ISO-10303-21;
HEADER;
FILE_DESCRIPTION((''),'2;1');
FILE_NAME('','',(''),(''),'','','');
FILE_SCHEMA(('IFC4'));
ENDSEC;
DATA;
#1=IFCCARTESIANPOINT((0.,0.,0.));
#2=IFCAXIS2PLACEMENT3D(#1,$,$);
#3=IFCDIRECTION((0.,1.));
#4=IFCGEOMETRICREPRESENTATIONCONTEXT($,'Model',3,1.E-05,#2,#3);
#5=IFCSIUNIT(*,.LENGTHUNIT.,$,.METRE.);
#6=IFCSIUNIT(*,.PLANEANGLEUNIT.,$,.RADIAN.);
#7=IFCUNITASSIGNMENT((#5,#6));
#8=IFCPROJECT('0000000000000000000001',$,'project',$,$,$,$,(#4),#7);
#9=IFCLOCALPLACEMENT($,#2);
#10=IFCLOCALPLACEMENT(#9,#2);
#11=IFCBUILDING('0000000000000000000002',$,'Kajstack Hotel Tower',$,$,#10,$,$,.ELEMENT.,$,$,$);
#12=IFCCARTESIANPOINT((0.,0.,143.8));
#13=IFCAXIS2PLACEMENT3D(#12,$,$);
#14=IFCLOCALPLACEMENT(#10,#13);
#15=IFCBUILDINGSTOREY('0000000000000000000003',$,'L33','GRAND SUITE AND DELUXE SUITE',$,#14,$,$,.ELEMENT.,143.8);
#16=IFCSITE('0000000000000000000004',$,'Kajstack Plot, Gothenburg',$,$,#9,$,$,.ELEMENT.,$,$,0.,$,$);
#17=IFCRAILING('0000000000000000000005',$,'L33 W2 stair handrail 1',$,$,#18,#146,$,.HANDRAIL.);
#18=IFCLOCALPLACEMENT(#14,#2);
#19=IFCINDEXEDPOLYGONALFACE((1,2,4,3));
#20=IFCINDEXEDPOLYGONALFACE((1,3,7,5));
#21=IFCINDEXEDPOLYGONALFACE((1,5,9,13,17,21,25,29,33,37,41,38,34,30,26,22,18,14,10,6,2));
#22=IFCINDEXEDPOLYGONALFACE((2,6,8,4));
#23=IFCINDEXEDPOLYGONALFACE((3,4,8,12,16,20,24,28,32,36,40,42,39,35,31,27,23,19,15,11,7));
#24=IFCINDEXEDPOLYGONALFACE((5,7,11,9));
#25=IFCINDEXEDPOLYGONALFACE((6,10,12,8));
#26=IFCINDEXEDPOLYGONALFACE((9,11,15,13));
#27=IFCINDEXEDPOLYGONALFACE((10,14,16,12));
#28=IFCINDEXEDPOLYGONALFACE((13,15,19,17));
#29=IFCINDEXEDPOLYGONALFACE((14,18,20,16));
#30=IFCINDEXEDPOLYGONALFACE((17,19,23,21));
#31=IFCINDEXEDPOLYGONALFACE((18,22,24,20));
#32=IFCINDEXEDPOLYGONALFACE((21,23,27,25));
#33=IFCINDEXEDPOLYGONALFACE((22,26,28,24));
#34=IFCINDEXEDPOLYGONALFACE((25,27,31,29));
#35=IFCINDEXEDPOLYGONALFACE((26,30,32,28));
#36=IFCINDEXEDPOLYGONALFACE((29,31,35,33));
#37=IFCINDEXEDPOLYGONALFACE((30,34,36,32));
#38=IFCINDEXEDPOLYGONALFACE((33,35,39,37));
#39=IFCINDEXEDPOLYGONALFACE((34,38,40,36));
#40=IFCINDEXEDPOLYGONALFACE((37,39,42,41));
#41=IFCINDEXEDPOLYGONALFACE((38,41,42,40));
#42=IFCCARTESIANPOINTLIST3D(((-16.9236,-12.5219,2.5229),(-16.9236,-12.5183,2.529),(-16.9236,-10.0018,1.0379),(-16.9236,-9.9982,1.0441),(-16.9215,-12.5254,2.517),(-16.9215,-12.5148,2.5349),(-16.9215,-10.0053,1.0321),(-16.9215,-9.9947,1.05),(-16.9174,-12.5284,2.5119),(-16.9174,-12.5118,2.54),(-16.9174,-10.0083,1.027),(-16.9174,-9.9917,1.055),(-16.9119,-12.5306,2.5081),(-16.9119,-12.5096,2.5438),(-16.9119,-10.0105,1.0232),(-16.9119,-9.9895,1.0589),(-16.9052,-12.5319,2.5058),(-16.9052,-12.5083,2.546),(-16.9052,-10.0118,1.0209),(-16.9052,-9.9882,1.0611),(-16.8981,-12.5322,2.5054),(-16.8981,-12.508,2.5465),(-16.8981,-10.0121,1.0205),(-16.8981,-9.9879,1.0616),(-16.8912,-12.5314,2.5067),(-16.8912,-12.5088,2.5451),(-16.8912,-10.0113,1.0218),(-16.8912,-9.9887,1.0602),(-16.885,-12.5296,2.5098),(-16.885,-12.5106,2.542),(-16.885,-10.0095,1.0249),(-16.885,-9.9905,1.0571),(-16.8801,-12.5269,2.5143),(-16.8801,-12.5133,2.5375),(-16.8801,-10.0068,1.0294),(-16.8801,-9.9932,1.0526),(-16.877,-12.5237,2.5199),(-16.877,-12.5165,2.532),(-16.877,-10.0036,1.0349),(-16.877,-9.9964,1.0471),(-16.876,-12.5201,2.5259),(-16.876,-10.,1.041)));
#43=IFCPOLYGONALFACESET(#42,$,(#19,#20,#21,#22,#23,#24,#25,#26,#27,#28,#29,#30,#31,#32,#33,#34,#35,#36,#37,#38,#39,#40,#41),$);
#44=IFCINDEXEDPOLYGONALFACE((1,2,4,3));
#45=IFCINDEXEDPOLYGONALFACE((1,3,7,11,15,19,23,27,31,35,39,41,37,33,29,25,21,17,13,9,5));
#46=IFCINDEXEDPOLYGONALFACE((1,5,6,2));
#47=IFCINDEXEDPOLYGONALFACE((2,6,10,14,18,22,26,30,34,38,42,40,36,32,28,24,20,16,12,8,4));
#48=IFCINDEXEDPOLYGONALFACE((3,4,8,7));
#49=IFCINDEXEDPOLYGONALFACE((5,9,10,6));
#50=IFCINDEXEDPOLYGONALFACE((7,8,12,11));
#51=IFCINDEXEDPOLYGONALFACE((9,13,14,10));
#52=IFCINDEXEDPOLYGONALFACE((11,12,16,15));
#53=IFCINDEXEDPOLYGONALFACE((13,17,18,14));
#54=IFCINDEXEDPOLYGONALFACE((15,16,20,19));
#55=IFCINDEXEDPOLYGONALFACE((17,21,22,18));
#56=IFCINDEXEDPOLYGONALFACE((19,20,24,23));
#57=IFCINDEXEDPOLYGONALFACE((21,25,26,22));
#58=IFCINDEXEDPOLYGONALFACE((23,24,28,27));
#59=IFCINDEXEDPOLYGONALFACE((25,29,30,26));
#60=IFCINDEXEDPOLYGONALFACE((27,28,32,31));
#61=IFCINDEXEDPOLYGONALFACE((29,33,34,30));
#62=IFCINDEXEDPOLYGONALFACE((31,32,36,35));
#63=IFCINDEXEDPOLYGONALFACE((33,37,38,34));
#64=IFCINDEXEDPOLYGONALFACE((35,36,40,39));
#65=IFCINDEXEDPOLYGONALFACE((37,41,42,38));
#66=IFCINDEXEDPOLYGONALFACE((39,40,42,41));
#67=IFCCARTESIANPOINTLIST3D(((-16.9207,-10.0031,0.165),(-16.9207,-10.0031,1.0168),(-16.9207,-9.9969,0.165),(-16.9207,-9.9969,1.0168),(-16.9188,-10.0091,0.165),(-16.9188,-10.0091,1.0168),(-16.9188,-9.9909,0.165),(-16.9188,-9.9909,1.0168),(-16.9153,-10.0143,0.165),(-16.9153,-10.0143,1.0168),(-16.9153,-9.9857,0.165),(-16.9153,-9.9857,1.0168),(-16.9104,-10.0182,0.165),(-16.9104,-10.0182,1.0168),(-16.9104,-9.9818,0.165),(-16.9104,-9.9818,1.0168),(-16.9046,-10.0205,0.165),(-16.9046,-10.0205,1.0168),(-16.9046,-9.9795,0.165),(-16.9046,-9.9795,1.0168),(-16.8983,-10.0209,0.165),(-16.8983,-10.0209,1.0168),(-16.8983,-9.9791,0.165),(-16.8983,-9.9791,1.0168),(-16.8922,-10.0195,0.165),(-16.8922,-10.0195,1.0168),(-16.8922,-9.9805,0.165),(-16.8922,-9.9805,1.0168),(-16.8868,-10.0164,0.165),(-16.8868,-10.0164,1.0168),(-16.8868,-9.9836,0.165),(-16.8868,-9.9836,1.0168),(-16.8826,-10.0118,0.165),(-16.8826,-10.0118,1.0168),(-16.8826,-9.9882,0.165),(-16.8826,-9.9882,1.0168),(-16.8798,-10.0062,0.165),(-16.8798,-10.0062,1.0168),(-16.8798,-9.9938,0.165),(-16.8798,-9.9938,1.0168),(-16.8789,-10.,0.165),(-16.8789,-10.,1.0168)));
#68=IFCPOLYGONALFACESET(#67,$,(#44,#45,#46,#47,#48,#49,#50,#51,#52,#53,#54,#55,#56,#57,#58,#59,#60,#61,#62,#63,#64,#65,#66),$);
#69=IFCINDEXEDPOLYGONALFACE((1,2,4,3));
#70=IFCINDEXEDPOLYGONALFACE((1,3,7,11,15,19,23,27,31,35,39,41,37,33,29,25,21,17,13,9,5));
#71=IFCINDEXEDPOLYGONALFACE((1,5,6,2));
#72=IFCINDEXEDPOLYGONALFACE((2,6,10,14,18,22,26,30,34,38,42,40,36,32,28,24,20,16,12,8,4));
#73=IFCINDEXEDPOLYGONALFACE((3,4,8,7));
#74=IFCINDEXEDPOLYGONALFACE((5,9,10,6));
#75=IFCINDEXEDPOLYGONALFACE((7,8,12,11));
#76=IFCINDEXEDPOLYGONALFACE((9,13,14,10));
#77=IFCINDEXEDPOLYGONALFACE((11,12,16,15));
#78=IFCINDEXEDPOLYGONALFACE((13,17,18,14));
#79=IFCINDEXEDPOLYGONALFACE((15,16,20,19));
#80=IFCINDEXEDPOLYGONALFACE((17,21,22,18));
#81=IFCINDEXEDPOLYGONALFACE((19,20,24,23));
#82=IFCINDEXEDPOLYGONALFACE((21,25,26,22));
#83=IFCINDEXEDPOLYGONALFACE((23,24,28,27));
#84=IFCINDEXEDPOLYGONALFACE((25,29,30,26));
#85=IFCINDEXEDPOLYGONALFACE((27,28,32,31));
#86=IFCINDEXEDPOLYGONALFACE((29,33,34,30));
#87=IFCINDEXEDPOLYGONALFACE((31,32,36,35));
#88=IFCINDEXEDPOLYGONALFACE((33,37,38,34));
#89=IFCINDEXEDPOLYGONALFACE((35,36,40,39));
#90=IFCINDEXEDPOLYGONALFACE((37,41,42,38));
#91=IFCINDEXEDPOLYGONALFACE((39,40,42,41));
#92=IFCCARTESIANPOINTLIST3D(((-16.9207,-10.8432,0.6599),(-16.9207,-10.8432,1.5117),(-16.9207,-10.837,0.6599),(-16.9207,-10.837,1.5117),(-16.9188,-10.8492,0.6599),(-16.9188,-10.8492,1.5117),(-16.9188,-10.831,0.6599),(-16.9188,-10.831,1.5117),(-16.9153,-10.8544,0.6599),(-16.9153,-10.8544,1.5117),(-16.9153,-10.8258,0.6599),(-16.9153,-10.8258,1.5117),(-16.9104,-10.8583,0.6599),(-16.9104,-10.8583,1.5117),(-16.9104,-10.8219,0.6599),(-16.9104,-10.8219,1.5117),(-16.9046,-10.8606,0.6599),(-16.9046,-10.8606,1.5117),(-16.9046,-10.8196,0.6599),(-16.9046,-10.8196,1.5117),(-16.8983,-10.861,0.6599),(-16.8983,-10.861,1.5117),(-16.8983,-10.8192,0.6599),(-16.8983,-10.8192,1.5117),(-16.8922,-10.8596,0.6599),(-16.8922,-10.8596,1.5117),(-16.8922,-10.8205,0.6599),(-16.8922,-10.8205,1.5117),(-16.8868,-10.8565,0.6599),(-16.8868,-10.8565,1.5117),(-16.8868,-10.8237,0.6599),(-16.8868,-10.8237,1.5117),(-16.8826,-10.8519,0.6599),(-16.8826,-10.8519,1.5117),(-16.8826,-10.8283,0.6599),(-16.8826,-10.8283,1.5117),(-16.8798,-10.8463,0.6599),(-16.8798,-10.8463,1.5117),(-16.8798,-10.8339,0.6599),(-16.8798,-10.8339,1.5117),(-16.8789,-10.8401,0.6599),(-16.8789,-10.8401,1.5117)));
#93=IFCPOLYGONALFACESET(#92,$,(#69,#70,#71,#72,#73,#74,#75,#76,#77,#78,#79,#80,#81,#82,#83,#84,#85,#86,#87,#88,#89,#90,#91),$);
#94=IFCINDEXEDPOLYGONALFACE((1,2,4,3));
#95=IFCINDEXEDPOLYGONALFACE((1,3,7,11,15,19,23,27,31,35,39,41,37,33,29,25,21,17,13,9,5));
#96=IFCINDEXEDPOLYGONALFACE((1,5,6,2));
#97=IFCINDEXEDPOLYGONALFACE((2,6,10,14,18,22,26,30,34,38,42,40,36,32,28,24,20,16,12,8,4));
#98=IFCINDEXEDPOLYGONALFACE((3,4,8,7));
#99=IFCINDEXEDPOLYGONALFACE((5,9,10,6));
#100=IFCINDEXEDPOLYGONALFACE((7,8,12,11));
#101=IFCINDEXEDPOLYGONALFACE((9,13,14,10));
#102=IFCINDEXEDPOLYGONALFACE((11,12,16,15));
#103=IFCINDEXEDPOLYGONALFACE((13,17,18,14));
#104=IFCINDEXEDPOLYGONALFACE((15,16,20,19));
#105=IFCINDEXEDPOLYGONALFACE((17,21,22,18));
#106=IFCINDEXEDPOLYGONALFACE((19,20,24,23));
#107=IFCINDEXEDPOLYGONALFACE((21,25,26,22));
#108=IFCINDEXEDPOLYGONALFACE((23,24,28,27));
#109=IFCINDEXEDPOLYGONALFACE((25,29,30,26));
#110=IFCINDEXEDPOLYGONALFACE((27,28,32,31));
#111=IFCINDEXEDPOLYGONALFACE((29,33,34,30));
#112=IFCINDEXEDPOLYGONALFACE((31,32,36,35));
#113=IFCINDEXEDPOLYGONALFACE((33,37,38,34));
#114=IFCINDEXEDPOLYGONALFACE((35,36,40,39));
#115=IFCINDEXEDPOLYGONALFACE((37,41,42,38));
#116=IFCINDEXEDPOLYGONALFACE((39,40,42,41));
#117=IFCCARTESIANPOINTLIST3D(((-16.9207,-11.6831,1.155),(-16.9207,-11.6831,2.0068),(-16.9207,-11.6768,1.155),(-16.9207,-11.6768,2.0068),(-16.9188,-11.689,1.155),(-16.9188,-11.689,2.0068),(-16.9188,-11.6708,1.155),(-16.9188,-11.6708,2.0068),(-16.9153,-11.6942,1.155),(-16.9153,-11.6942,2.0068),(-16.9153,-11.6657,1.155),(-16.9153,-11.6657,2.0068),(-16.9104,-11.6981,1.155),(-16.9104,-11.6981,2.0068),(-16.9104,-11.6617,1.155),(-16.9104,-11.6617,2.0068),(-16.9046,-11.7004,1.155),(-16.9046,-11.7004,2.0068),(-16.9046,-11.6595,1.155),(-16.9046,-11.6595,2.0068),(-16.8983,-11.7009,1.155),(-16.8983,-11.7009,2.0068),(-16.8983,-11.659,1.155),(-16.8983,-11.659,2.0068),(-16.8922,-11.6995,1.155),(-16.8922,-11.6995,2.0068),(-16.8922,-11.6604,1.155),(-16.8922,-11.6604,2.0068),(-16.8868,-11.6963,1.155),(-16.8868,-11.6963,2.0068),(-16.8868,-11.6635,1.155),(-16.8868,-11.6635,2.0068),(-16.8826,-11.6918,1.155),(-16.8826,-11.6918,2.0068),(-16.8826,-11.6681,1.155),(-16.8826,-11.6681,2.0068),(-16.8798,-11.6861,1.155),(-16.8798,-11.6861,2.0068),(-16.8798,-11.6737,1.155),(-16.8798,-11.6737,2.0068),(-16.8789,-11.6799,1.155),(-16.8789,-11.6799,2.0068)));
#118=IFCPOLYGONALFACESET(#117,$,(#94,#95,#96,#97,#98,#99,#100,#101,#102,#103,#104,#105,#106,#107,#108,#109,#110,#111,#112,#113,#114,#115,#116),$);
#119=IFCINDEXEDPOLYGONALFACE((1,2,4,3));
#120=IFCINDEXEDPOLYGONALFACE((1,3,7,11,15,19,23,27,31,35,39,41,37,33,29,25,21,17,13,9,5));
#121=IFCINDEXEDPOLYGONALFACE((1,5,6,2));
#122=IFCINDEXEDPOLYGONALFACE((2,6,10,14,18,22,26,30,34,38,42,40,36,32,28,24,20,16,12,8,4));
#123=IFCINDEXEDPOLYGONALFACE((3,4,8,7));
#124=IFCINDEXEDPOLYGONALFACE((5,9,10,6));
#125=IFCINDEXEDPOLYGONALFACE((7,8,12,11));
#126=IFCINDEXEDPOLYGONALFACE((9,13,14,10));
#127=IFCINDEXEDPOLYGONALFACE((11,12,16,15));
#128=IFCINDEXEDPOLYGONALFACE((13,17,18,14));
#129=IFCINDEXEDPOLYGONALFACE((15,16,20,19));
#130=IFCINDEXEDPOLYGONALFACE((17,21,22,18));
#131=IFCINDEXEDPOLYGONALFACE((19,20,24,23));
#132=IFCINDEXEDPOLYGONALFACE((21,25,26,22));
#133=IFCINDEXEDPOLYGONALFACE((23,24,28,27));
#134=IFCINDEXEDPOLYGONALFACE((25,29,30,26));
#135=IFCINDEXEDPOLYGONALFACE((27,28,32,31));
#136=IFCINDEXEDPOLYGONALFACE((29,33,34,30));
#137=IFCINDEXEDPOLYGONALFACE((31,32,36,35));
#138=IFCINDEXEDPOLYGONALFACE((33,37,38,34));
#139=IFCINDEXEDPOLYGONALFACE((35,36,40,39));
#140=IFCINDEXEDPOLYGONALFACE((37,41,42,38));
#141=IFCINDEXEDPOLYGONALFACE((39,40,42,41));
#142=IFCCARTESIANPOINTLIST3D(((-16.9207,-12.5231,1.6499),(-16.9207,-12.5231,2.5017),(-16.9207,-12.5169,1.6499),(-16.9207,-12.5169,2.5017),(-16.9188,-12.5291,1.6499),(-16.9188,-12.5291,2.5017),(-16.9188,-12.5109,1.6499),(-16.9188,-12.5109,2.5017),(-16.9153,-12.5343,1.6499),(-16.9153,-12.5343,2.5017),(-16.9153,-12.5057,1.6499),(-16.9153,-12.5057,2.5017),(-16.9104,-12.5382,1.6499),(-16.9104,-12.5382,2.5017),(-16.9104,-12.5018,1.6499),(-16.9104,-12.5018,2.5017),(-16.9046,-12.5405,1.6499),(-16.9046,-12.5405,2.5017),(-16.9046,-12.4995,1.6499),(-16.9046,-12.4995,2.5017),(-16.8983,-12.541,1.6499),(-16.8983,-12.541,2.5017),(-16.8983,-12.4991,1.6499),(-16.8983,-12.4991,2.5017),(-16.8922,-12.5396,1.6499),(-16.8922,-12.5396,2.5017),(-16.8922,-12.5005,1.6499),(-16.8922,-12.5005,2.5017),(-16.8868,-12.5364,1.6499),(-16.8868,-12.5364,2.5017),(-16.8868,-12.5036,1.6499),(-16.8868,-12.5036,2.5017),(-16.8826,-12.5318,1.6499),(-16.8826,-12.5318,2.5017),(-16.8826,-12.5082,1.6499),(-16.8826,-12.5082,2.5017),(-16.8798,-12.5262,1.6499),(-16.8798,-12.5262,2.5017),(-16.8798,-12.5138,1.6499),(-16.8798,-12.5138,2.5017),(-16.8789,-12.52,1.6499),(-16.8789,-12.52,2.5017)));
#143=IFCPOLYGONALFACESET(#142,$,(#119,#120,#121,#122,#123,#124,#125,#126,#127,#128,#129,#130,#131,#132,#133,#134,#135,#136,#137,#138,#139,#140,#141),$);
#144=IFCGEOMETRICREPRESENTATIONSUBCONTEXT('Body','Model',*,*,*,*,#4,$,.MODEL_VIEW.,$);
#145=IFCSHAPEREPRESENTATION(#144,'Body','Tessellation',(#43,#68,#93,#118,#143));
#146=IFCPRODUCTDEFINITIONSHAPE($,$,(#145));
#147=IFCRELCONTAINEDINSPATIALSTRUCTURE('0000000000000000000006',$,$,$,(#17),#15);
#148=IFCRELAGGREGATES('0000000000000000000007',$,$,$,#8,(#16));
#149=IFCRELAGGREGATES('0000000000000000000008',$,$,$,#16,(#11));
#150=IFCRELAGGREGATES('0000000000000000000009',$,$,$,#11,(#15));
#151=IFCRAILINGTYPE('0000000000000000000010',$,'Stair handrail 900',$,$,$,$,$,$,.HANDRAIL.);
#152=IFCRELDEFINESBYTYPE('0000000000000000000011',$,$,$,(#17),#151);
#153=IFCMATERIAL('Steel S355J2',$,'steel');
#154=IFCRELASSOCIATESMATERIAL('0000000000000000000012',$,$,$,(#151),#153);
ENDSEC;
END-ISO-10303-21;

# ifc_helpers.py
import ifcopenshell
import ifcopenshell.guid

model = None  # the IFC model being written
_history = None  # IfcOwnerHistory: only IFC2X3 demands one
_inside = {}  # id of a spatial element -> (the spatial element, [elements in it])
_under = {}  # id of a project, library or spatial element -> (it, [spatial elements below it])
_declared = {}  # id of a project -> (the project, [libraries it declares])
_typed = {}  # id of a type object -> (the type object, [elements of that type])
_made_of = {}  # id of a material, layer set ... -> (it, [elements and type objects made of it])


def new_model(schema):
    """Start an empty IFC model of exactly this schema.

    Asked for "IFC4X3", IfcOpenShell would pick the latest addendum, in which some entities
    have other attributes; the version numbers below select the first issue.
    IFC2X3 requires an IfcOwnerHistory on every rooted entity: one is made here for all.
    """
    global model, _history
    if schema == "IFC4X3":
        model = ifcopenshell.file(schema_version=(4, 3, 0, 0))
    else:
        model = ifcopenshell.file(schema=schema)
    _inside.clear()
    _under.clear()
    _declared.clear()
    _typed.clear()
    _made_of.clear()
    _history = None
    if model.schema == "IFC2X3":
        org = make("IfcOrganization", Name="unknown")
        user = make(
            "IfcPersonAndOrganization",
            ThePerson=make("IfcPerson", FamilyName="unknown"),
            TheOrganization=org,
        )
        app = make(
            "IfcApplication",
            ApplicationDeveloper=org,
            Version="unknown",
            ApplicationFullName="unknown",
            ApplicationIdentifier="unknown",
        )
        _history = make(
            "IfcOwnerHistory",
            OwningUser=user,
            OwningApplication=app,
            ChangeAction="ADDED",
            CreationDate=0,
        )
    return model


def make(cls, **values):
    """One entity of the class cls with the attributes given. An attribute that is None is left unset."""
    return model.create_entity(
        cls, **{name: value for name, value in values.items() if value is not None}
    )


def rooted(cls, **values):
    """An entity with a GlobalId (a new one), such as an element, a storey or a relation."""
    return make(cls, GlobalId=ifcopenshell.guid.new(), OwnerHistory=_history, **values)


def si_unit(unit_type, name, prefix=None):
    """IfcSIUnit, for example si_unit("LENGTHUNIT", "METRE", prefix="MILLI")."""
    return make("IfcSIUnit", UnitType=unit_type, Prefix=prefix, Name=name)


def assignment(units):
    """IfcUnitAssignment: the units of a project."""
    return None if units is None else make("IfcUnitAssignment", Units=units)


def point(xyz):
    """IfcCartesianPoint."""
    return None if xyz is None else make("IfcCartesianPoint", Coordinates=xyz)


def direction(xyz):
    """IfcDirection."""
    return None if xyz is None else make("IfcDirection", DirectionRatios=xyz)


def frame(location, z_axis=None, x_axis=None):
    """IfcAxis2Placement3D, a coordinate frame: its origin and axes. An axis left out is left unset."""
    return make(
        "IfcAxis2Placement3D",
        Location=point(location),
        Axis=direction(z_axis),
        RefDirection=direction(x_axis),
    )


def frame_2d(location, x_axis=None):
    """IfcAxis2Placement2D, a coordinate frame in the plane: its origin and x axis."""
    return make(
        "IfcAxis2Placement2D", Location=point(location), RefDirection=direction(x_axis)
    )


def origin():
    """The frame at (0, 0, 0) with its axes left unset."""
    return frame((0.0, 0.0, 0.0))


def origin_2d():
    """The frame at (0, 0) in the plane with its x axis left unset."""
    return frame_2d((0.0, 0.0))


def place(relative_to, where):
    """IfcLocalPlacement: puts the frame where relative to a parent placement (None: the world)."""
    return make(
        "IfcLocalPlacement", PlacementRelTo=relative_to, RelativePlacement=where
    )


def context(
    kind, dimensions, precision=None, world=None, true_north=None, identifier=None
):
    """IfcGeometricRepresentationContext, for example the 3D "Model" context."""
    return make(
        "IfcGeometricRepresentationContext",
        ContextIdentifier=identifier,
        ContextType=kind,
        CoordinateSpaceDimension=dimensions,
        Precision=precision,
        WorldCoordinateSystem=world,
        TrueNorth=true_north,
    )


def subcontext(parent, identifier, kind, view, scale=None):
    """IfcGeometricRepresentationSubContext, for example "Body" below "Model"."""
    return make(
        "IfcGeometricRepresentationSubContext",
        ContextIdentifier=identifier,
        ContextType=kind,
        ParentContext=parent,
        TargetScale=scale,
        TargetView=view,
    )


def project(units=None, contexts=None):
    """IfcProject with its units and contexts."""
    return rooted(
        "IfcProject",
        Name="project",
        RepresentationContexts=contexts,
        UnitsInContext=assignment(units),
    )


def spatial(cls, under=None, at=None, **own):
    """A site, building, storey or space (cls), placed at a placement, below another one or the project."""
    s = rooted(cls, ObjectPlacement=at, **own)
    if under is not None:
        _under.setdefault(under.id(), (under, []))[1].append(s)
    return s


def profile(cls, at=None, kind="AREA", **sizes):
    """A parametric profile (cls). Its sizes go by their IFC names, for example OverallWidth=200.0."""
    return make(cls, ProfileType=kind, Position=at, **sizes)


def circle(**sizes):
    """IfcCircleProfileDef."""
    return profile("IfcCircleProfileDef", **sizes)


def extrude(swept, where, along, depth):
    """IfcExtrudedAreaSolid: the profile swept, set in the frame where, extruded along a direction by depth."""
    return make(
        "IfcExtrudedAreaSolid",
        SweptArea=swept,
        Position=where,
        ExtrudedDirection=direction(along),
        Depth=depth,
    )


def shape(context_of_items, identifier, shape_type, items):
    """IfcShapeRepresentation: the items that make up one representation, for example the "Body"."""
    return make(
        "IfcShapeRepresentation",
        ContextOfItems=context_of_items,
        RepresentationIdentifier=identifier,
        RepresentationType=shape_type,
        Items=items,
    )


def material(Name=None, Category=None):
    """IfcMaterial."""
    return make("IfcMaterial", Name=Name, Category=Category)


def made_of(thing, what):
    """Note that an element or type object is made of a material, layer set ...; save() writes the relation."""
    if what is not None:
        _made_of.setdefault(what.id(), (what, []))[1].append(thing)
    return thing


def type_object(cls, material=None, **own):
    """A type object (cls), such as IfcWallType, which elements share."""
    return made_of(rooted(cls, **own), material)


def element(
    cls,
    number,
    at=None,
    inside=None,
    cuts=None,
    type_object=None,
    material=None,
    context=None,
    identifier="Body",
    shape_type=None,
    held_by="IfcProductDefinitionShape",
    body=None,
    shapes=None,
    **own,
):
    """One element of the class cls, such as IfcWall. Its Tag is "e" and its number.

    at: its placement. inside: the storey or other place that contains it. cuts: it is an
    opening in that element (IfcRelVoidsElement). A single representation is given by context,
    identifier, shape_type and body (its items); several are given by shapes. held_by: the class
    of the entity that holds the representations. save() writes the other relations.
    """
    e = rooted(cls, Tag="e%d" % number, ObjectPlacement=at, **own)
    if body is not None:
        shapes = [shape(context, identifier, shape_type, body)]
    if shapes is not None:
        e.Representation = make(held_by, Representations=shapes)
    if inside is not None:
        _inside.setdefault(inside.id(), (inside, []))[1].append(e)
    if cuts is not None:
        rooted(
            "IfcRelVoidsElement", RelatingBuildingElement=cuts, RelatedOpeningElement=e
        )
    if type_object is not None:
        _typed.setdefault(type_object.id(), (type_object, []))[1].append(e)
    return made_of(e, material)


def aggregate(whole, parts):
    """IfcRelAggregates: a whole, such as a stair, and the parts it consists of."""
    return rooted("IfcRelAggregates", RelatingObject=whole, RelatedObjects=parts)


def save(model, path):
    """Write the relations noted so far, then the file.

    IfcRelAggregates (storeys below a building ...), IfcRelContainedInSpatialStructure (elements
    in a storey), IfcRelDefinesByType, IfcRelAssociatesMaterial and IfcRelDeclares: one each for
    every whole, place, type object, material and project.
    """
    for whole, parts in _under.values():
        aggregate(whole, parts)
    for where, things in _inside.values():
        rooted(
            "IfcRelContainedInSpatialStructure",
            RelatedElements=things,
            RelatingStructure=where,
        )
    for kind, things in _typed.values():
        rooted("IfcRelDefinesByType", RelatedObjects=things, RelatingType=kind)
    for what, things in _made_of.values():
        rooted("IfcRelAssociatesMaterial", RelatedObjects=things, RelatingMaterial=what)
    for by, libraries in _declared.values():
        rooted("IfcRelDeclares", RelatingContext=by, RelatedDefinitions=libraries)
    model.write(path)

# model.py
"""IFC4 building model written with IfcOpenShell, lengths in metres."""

from ifc_helpers import new_model, si_unit, direction, frame, origin, origin_2d, place, context, subcontext, project, spatial, circle, extrude, material, type_object, element, save


model = new_model("IFC4")

# Units and contexts
model_context = context("Model", 3, precision=1e-05, world=origin(), true_north=direction((0.0, 1.0)))
body_context = subcontext(model_context, "Body", "Model", "MODEL_VIEW")
ifc_project = project(units=[si_unit("LENGTHUNIT", "METRE"), si_unit("PLANEANGLEUNIT", "RADIAN")], contexts=[model_context])

# Site, building, storey
site_placement = place(None, origin())
site = spatial("IfcSite", under=ifc_project, at=site_placement, Name="Kajstack Plot, Gothenburg", CompositionType="ELEMENT", RefElevation=0.0)
building_placement = place(site_placement, origin())
building = spatial("IfcBuilding", under=site, at=building_placement, Name="Kajstack Hotel Tower", CompositionType="ELEMENT")
storey_placement = place(building_placement, frame((0.0, 0.0, 143.8)))
storey = spatial("IfcBuildingStorey", under=building, at=storey_placement, Name="L33", Description="GRAND SUITE AND DELUXE SUITE", CompositionType="ELEMENT", Elevation=143.8)

# Railing
ifc_material_1 = material(Name="Steel S355J2", Category="steel")
railing_type = type_object("IfcRailingType", Name="Stair handrail 900", PredefinedType="HANDRAIL", material=ifc_material_1)
railing_placement = place(storey_placement, frame((-16.8999, -10.0, 0.165)))
element("IfcRailing", 1, at=railing_placement, inside=storey, type_object=railing_type, Name="L33 W2 stair handrail 1", PredefinedType="HANDRAIL", context=body_context, shape_type="SweptSolid", body=[
    extrude(circle(Radius=0.0239, at=origin_2d()), frame((0.0, 0.0, 0.876), z_axis=(0.0, -0.861561, 0.507655), x_axis=(1.0, 0.0, 0.0)), (0.0, 0.0, 1.0), 2.925),
    extrude(circle(Radius=0.021, at=origin_2d()), origin(), (0.0, 0.0, 1.0), 0.8518),
    extrude(circle(Radius=0.021, at=origin_2d()), frame((0.0, -0.8401, 0.4949)), (0.0, 0.0, 1.0), 0.8518),
    extrude(circle(Radius=0.021, at=origin_2d()), frame((0.0, -1.6799, 0.99)), (0.0, 0.0, 1.0), 0.8518),
    extrude(circle(Radius=0.021, at=origin_2d()), frame((0.0, -2.52, 1.4849)), (0.0, 0.0, 1.0), 0.8518),
])

save(model, "model.ifc")
